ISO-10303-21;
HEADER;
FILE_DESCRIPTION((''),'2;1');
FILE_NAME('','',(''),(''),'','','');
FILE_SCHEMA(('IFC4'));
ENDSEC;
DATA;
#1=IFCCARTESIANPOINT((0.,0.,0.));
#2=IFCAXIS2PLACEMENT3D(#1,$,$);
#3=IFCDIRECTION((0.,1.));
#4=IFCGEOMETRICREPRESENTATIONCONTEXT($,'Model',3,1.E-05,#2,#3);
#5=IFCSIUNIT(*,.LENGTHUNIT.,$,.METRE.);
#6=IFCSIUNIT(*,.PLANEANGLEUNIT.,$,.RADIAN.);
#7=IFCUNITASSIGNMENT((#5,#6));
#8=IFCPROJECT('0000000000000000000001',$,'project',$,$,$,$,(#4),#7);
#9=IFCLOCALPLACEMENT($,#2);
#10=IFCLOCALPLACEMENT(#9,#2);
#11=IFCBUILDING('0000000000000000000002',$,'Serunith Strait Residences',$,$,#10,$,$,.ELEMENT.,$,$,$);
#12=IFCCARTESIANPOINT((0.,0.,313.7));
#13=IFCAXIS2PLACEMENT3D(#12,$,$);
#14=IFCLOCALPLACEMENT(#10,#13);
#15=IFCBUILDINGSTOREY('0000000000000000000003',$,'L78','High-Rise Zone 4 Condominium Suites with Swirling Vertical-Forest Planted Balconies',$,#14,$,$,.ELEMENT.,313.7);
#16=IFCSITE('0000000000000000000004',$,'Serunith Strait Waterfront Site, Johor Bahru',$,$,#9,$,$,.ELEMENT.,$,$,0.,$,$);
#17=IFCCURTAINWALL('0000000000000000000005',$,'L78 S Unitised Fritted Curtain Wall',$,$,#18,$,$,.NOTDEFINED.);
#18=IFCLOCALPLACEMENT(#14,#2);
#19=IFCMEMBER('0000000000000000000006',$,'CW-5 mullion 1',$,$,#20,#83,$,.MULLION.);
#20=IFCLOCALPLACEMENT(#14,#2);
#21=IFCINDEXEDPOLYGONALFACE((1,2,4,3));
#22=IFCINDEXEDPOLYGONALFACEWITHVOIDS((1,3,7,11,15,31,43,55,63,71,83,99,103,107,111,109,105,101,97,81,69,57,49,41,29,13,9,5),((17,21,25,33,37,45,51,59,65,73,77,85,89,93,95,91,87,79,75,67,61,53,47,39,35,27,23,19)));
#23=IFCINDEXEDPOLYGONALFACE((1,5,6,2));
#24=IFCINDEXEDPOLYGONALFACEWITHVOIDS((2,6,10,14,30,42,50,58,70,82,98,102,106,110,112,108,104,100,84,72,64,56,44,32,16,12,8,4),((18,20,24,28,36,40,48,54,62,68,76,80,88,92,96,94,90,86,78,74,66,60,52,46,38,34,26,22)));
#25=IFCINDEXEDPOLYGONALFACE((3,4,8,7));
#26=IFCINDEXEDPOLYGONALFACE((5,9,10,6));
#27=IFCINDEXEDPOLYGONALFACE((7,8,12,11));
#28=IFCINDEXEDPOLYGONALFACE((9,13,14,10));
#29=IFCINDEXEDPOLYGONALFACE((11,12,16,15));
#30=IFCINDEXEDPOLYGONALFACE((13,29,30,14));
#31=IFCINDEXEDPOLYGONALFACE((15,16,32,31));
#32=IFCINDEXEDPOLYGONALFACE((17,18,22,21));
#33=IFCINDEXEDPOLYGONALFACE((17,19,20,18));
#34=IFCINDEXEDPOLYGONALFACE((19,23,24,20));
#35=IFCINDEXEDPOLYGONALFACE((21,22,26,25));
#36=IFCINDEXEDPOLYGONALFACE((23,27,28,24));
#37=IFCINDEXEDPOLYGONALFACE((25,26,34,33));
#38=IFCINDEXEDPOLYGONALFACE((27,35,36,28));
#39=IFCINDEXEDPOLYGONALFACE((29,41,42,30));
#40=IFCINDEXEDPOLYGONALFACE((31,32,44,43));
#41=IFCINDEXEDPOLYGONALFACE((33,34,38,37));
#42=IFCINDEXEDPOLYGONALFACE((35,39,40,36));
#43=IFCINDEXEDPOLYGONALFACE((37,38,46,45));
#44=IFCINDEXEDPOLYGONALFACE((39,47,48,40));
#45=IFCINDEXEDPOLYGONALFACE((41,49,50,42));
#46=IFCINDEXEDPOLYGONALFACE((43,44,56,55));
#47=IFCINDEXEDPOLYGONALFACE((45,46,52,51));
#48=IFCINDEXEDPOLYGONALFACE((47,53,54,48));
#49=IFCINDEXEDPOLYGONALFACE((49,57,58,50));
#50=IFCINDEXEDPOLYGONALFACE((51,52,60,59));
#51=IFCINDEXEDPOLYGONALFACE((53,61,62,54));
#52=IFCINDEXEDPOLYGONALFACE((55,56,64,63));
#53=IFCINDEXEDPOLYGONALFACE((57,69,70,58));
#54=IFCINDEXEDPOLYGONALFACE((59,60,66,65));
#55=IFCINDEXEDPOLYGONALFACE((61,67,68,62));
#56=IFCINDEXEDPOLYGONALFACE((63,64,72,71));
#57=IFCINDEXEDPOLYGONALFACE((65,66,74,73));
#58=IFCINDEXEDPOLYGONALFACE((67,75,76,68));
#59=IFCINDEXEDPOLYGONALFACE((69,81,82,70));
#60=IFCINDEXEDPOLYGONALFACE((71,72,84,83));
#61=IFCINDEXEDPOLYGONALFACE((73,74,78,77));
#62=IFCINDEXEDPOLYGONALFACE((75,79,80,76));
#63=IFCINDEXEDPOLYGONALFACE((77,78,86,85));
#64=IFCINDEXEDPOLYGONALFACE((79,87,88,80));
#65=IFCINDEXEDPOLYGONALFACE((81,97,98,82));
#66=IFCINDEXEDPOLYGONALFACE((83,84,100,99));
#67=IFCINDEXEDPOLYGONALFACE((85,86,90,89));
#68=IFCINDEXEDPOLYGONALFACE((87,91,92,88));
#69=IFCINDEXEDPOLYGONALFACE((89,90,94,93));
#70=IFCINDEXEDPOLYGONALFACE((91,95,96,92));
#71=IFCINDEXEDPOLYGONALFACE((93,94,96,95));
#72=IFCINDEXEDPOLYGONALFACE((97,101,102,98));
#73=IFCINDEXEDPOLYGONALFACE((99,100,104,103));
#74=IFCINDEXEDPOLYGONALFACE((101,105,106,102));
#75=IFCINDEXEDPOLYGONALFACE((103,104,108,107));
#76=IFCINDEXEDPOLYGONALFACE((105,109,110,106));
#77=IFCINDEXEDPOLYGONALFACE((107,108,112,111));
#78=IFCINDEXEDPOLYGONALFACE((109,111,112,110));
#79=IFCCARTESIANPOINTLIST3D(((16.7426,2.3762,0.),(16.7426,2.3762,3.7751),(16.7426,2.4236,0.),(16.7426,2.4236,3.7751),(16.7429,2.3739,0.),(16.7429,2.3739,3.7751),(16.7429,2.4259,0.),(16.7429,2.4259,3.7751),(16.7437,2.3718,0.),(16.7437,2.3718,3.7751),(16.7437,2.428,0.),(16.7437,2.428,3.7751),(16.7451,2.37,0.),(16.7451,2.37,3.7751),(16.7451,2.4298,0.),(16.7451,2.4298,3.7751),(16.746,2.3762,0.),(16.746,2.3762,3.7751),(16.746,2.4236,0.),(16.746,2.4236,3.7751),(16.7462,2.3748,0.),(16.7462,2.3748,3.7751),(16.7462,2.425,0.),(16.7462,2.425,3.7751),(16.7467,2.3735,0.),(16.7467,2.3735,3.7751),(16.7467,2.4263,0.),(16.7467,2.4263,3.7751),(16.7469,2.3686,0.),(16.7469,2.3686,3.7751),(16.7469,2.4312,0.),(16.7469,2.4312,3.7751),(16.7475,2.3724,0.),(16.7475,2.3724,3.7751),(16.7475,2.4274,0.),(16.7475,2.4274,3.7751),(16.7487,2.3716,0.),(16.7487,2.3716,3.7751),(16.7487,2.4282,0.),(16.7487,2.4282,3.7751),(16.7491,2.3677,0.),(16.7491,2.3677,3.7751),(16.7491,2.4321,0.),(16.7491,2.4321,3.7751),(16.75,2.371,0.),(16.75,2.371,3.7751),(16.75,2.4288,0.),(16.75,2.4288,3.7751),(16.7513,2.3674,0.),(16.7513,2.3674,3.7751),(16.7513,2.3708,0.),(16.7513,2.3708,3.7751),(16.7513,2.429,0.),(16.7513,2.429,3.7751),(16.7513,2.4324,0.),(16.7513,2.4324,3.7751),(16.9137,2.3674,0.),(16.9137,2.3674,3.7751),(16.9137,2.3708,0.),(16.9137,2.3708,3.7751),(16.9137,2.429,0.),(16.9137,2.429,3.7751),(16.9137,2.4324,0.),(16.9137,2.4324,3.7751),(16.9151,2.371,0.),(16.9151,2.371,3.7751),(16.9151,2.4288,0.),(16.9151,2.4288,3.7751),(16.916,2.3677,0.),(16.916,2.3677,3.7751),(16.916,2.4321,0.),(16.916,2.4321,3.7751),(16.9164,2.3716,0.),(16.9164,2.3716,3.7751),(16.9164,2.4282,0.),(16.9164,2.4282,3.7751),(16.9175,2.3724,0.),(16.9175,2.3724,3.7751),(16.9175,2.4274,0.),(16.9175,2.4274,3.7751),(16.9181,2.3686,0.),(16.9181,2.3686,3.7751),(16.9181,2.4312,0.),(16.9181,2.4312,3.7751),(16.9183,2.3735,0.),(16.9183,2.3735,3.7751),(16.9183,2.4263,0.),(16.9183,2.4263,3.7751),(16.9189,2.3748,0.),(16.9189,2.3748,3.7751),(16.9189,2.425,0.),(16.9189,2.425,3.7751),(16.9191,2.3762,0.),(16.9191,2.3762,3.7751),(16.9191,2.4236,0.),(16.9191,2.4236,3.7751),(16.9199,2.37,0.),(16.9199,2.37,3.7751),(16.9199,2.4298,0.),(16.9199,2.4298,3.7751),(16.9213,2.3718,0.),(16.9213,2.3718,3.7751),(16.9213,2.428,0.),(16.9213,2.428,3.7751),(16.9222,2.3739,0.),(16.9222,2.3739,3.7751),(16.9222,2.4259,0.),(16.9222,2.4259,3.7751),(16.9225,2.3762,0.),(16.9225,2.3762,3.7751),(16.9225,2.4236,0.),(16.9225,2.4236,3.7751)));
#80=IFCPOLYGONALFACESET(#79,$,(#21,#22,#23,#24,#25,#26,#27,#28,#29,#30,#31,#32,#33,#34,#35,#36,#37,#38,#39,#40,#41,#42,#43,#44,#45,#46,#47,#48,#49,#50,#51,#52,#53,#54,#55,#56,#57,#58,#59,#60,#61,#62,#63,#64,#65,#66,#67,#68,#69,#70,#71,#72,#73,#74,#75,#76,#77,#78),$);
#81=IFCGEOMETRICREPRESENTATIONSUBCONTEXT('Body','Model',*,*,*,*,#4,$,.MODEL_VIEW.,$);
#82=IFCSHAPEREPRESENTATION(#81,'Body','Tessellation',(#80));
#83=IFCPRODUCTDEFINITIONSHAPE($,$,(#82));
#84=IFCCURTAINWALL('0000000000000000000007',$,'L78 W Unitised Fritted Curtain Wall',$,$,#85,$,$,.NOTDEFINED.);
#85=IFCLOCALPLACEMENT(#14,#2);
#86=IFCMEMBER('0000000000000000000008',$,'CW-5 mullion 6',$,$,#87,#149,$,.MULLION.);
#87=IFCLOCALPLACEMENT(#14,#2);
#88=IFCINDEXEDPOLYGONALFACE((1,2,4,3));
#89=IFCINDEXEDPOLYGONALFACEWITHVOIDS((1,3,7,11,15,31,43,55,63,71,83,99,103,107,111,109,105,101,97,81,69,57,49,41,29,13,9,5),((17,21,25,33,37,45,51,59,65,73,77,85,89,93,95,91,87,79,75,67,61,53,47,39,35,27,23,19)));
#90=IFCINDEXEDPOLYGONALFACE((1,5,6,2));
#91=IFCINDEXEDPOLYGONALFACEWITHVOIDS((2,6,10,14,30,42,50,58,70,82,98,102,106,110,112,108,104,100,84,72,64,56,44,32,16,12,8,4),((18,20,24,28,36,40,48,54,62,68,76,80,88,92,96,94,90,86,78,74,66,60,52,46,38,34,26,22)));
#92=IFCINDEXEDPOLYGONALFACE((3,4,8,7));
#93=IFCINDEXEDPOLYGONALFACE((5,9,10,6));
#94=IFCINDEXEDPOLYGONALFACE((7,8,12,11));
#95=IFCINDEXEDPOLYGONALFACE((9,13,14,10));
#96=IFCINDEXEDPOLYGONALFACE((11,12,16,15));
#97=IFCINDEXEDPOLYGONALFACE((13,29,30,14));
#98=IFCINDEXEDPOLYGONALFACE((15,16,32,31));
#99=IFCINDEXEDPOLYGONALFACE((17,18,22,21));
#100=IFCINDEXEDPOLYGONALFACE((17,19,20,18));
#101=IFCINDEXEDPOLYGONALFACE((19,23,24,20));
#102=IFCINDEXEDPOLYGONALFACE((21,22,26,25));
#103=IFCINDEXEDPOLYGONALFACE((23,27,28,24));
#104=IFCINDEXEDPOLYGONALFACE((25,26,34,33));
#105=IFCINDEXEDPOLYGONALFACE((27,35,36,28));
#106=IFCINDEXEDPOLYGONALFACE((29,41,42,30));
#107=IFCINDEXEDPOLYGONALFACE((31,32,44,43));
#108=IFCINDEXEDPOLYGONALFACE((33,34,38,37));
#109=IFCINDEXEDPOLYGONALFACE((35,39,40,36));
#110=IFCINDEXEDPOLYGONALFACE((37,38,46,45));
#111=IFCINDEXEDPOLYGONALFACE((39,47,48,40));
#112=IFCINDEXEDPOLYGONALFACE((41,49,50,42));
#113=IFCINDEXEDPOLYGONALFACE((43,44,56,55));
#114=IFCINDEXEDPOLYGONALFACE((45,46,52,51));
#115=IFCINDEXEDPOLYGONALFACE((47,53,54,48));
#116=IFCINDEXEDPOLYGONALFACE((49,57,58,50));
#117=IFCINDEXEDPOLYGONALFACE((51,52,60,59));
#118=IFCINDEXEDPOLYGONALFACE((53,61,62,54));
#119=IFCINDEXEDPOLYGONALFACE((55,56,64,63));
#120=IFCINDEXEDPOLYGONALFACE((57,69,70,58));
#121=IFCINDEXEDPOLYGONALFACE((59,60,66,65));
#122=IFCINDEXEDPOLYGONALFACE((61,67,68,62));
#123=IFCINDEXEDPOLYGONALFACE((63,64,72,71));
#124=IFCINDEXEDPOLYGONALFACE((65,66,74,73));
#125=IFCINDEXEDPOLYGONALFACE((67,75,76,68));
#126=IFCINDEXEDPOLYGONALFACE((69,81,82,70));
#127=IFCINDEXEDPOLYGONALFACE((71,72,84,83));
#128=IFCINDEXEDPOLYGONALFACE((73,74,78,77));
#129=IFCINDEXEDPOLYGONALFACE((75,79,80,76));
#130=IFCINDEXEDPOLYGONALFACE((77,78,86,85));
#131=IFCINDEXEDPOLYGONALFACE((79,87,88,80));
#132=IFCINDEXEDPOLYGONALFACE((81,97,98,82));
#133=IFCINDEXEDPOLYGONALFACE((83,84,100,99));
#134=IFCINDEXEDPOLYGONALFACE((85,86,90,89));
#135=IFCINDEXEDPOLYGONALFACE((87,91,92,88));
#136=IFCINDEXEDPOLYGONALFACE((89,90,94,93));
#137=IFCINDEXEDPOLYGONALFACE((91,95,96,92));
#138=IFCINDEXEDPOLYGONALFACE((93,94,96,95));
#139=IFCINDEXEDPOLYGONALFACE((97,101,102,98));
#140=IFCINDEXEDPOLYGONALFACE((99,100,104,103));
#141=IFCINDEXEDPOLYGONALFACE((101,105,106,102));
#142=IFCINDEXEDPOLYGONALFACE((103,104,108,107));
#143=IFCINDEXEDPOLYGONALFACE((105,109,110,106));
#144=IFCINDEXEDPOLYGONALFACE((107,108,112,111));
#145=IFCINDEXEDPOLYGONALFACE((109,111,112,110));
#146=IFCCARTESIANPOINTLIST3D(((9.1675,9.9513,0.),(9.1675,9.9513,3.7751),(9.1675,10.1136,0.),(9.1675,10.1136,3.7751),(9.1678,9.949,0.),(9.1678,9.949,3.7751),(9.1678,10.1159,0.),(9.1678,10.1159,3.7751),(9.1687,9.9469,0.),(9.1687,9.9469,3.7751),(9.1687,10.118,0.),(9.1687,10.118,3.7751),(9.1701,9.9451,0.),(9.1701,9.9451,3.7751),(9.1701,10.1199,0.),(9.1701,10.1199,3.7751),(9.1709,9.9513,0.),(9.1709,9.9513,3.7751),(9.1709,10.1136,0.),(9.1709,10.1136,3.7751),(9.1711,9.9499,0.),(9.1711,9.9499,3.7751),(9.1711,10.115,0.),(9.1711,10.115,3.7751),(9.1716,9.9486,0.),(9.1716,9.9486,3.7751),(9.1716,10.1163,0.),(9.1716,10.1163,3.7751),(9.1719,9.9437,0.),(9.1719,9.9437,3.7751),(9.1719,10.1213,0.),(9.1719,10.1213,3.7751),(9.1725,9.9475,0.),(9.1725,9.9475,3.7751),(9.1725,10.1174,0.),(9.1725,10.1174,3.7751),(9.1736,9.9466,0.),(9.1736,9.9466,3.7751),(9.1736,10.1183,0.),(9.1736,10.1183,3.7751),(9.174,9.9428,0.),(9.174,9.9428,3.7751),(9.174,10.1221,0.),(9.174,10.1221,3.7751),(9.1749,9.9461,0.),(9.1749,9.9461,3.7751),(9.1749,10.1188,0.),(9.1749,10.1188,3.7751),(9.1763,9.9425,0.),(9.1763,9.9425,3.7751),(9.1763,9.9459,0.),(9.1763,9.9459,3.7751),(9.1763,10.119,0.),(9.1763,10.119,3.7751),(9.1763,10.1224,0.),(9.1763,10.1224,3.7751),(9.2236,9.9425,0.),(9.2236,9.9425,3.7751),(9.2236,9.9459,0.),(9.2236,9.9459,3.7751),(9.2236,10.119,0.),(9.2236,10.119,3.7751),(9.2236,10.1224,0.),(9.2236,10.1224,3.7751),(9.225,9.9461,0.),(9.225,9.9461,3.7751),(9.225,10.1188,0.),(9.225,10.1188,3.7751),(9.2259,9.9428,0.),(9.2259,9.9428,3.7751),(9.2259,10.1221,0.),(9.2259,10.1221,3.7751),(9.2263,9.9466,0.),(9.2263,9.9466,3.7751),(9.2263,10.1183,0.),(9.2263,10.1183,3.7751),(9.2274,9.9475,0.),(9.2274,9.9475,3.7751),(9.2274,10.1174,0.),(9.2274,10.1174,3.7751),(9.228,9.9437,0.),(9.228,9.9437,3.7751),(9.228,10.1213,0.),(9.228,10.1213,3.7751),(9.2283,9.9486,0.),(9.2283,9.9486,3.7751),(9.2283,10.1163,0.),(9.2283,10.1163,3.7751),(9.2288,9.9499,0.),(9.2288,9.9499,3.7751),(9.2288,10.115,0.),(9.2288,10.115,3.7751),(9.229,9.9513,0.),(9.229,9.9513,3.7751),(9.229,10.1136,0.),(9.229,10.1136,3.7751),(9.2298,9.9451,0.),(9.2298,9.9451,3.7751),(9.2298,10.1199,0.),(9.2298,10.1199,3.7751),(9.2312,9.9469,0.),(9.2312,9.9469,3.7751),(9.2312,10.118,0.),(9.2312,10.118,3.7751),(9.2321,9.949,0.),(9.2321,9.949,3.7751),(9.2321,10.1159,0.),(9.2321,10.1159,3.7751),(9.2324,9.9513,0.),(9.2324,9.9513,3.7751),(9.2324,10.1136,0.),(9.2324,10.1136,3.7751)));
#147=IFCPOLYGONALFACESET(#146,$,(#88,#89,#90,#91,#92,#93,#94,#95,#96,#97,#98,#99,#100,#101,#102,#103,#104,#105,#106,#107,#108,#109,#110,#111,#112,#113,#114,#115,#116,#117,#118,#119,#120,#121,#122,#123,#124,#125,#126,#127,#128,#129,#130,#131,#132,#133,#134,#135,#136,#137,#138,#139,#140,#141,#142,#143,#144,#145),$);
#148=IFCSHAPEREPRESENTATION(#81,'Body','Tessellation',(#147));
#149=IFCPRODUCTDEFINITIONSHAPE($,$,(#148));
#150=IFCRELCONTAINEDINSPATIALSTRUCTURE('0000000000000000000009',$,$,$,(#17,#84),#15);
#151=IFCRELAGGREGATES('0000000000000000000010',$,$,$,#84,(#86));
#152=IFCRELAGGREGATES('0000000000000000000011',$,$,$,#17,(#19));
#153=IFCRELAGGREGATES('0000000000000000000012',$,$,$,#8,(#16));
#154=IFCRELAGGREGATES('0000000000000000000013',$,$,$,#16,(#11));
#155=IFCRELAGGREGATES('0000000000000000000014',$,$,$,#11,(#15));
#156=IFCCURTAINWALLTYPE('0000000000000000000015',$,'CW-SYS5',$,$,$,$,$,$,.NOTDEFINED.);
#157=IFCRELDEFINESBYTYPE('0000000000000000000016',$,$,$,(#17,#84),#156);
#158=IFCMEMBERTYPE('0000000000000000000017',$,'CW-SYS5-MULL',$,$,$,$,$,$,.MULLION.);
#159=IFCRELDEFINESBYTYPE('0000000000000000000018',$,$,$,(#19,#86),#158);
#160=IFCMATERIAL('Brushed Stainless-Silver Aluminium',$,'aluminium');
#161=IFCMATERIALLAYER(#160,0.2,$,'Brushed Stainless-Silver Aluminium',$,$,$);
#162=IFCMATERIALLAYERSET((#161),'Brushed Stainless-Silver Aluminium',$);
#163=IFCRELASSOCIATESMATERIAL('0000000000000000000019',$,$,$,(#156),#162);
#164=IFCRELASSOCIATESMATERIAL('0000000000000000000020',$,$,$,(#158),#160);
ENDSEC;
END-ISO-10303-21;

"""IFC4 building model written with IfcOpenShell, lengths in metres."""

from ifc_helpers import new_model, si_unit, direction, frame, origin, origin_2d, place, context, subcontext, project, spatial, hollow_rectangle, extrude, source, transform, mapped, material, layer, layer_set, material_profile, profile_set, type_object, element, aggregate, save


model = new_model("IFC4")

# Units and contexts
model_context = context("Model", 3, precision=1e-05, world=origin(), true_north=direction((0.0, 1.0)))
body_context = subcontext(model_context, "Body", "Model", "MODEL_VIEW")
ifc_project = project(units=[si_unit("LENGTHUNIT", "METRE"), si_unit("PLANEANGLEUNIT", "RADIAN")], contexts=[model_context])

# Site, building, storey
site_placement = place(None, origin())
site = spatial("IfcSite", under=ifc_project, at=site_placement, Name="Serunith Strait Waterfront Site, Johor Bahru", CompositionType="ELEMENT", RefElevation=0.0)
building_placement = place(site_placement, origin())
building = spatial("IfcBuilding", under=site, at=building_placement, Name="Serunith Strait Residences", CompositionType="ELEMENT")
storey_placement = place(building_placement, frame((0.0, 0.0, 313.7)))
storey = spatial("IfcBuildingStorey", under=building, at=storey_placement, Name="L78", Description="High-Rise Zone 4 Condominium Suites with Swirling Vertical-Forest Planted Balconies", CompositionType="ELEMENT", Elevation=313.7)

# Curtain walls, members
ifc_material_1 = material(Name="Brushed Stainless-Silver Aluminium", Category="aluminium")
ifc_layer_1 = layer(ifc_material_1, 0.2, Name="Brushed Stainless-Silver Aluminium")
ifc_layer_set_1 = layer_set([ifc_layer_1], Name="Brushed Stainless-Silver Aluminium")
curtain_wall_type = type_object("IfcCurtainWallType", Name="CW-SYS5", PredefinedType="NOTDEFINED", material=ifc_layer_set_1)
curtain_wall_1_placement = place(storey_placement, origin())
curtain_wall_1 = element("IfcCurtainWall", 1, at=curtain_wall_1_placement, inside=storey, type_object=curtain_wall_type, Name="L78 S Unitised Fritted Curtain Wall", PredefinedType="NOTDEFINED")
ifc_material_profile_1 = material_profile(ifc_material_1, hollow_rectangle(XDim=0.0649, YDim=0.1799, WallThickness=0.0034, InnerFilletRadius=0.0054, OuterFilletRadius=0.0088, at=origin_2d()), Name="ALU 180x65x3.5")
ifc_profile_set_1 = profile_set([ifc_material_profile_1], Name="Brushed Stainless-Silver Aluminium")
member_type_1 = type_object("IfcMemberType", Name="CW-SYS5-MULL", PredefinedType="MULLION", material=ifc_profile_set_1)
shared_shape_1 = source(origin(), body_context, "Body", "SweptSolid", [
    extrude(hollow_rectangle(XDim=0.0649, YDim=0.1799, WallThickness=0.0034, InnerFilletRadius=0.0054, OuterFilletRadius=0.0088, at=origin_2d()), origin(), (0.0, 0.0, 1.0), 3.7751),
])
member_1_placement = place(storey_placement, frame((16.8325, 2.3999, 0.0), z_axis=(0.0, 0.0, 1.0), x_axis=(0.0, 1.0, 0.0)))
member_1 = element("IfcMember", 2, at=member_1_placement, type_object=member_type_1, Name="CW-5 mullion 1", PredefinedType="MULLION", context=body_context, shape_type="MappedRepresentation", body=[
    mapped(shared_shape_1, transform((0.0, 0.0, 0.0), scale=1.0)),
])
curtain_wall_2_placement = place(storey_placement, origin())
curtain_wall_2 = element("IfcCurtainWall", 3, at=curtain_wall_2_placement, inside=storey, type_object=curtain_wall_type, Name="L78 W Unitised Fritted Curtain Wall", PredefinedType="NOTDEFINED")
member_2_placement = place(storey_placement, frame((9.2, 10.0325, 0.0), z_axis=(0.0, 0.0, 1.0), x_axis=(1.0, 0.0, 0.0)))
member_2 = element("IfcMember", 4, at=member_2_placement, type_object=member_type_1, Name="CW-5 mullion 6", PredefinedType="MULLION", context=body_context, shape_type="MappedRepresentation", body=[
    mapped(shared_shape_1, transform((0.0, 0.0, 0.0), scale=1.0)),
])
aggregate(curtain_wall_2, [member_2])

aggregate(curtain_wall_1, [member_1])

save(model, "model.ifc")
